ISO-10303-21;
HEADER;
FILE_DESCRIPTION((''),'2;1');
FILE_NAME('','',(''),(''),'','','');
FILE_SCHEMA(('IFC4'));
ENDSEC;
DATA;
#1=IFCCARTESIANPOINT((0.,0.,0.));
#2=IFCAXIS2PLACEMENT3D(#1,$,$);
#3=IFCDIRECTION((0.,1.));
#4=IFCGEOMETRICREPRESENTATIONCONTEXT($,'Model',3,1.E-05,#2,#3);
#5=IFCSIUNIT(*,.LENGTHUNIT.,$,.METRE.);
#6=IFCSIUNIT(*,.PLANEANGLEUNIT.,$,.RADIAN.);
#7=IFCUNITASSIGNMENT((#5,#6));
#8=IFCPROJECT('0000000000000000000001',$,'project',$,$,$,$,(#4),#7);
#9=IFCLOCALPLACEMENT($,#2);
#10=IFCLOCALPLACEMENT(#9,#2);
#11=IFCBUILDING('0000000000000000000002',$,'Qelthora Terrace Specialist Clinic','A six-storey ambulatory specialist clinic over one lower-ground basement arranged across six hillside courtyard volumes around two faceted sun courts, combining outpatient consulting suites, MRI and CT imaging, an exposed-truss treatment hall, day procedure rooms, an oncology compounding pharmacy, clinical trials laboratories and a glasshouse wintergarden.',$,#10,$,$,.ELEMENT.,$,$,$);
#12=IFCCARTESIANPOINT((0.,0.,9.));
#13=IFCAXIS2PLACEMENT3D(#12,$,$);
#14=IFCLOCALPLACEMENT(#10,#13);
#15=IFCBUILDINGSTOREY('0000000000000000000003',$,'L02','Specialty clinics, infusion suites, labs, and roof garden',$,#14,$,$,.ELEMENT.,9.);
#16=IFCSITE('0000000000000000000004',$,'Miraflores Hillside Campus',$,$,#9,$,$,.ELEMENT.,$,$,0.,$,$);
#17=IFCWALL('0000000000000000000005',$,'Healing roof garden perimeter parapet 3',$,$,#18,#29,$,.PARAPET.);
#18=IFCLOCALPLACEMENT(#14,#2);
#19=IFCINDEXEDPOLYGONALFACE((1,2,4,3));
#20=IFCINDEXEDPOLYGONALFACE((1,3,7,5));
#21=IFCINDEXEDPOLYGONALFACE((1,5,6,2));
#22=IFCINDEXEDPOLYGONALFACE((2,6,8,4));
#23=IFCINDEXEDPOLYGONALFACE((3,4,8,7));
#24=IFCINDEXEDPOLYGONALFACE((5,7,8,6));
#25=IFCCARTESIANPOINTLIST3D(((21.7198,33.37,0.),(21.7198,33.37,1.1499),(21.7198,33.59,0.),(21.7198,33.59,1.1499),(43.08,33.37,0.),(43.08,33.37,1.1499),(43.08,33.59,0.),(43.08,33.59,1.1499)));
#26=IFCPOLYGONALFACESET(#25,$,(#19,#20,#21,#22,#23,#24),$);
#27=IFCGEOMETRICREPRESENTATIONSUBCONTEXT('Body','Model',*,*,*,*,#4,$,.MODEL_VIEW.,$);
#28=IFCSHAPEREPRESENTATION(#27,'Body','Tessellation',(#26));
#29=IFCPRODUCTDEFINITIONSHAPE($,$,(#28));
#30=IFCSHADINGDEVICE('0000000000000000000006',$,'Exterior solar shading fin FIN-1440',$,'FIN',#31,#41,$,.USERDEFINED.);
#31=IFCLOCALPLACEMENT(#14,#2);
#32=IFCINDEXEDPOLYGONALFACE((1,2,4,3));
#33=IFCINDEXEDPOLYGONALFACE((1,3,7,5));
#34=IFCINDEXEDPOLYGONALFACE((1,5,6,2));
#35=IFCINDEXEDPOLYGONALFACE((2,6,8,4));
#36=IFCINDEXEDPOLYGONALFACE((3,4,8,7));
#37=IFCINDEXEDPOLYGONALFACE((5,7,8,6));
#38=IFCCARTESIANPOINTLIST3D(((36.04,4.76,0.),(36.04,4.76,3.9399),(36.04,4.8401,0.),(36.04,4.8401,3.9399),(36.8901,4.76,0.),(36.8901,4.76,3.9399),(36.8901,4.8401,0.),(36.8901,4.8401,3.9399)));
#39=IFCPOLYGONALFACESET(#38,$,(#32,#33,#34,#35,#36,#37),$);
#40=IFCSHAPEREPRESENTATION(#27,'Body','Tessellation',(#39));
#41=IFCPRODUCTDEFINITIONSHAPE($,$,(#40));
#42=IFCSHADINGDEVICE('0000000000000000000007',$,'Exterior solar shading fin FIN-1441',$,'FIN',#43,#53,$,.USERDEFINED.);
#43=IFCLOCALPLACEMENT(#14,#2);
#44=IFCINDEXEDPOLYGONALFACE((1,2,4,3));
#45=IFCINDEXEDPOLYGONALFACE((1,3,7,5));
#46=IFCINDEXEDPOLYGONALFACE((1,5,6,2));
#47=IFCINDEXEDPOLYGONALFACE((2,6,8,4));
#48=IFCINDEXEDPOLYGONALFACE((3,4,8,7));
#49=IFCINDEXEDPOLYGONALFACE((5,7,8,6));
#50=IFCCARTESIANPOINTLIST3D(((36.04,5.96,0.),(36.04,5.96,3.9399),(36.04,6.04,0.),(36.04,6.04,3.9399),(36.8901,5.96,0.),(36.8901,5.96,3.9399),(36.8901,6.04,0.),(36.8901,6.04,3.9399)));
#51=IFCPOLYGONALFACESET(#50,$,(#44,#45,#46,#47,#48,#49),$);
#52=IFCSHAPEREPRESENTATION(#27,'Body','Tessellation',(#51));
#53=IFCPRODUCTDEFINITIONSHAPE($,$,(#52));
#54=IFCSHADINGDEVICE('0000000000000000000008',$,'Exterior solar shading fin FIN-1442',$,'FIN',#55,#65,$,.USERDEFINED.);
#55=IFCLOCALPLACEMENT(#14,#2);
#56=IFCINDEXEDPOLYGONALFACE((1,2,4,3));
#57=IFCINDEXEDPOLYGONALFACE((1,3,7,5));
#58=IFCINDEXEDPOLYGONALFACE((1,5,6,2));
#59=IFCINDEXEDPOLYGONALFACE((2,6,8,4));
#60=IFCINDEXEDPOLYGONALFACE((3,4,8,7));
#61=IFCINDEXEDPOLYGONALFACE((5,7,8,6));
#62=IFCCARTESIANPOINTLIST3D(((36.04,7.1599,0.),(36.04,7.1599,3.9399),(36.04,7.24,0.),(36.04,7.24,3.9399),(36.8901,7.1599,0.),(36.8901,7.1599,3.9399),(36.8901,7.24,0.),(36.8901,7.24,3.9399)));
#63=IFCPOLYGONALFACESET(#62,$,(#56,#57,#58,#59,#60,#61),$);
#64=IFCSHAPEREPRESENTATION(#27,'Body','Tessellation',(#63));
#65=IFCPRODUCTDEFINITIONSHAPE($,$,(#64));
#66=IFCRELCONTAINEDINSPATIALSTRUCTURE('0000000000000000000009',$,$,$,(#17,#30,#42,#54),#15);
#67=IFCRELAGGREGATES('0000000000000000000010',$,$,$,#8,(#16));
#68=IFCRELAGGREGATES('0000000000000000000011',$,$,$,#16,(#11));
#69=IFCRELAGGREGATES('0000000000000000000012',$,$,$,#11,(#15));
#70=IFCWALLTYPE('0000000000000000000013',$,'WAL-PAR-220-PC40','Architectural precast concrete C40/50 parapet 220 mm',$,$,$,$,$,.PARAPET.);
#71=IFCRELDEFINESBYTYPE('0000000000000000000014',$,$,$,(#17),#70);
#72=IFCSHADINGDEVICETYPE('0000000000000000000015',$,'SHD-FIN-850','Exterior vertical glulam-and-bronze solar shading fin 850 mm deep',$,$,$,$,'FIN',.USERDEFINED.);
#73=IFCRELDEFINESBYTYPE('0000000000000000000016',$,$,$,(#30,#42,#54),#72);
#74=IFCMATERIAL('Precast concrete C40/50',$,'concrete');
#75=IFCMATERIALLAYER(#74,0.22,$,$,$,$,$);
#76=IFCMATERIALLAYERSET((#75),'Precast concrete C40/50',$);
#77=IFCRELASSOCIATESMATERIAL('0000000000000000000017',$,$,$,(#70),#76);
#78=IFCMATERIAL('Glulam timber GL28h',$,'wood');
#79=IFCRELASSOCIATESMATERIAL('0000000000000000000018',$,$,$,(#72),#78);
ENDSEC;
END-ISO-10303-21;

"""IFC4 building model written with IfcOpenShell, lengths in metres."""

from ifc_helpers import new_model, si_unit, direction, frame, frame_2d, origin, origin_2d, place, context, subcontext, project, spatial, rectangle, extrude, material, layer, layer_set, type_object, element, save


model = new_model("IFC4")

# Units and contexts
model_context = context("Model", 3, precision=1e-05, world=origin(), true_north=direction((0.0, 1.0)))
body_context = subcontext(model_context, "Body", "Model", "MODEL_VIEW")
ifc_project = project(units=[si_unit("LENGTHUNIT", "METRE"), si_unit("PLANEANGLEUNIT", "RADIAN")], contexts=[model_context])

# Site, building, storey
site_placement = place(None, origin())
site = spatial("IfcSite", under=ifc_project, at=site_placement, Name="Miraflores Hillside Campus", CompositionType="ELEMENT", RefElevation=0.0)
building_placement = place(site_placement, origin())
building = spatial("IfcBuilding", under=site, at=building_placement, Name="Qelthora Terrace Specialist Clinic", Description="A six-storey ambulatory specialist clinic over one lower-ground basement arranged across six hillside courtyard volumes around two faceted sun courts, combining outpatient consulting suites, MRI and CT imaging, an exposed-truss treatment hall, day procedure rooms, an oncology compounding pharmacy, clinical trials laboratories and a glasshouse wintergarden.", CompositionType="ELEMENT")
storey_placement = place(building_placement, frame((0.0, 0.0, 9.0)))
storey = spatial("IfcBuildingStorey", under=building, at=storey_placement, Name="L02", Description="Specialty clinics, infusion suites, labs, and roof garden", CompositionType="ELEMENT", Elevation=9.0)

# Shared definitions
ifc_material_1 = material(Name="Precast concrete C40/50", Category="concrete")
ifc_material_2 = material(Name="Glulam timber GL28h", Category="wood")

# Wall
ifc_layer_1 = layer(ifc_material_1, 0.22)
ifc_layer_set_1 = layer_set([ifc_layer_1], Name="Precast concrete C40/50")
wall_type_1 = type_object("IfcWallType", Name="WAL-PAR-220-PC40", Description="Architectural precast concrete C40/50 parapet 220 mm", PredefinedType="PARAPET", material=ifc_layer_set_1)
wall_1_placement = place(storey_placement, frame((43.0801, 33.48, 0.0), z_axis=(0.0, 0.0, 1.0), x_axis=(-1.0, 0.0, 0.0)))
element("IfcWall", 1, at=wall_1_placement, inside=storey, type_object=wall_type_1, Name="Healing roof garden perimeter parapet 3", PredefinedType="PARAPET", context=body_context, shape_type="SweptSolid", body=[
    extrude(rectangle(XDim=21.3601, YDim=0.22, at=frame_2d((10.6802, 0.0))), origin(), (0.0, 0.0, 1.0), 1.1499),
])

# Shading devices
shading_device_type = type_object("IfcShadingDeviceType", Name="SHD-FIN-850", Description="Exterior vertical glulam-and-bronze solar shading fin 850 mm deep", ElementType="FIN", PredefinedType="USERDEFINED", material=ifc_material_2)
for number, where, z_axis, x_axis, name in (
    (2, (36.4651, 4.8, 0.0), (0.0, 0.0, 1.0), (1.0, 0.0, 0.0), "Exterior solar shading fin FIN-1440"),
    (3, (36.4651, 6.0, 0.0), (0.0, 0.0, 1.0), (1.0, 0.0, 0.0), "Exterior solar shading fin FIN-1441"),
    (4, (36.4651, 7.2, 0.0), (0.0, 0.0, 1.0), (1.0, 0.0, 0.0), "Exterior solar shading fin FIN-1442"),
):
    element("IfcShadingDevice", number, at=place(storey_placement, frame(where, z_axis=z_axis, x_axis=x_axis)), inside=storey, type_object=shading_device_type, Name=name, ObjectType="FIN", PredefinedType="USERDEFINED", context=body_context, shape_type="SweptSolid", body=[
        extrude(rectangle(XDim=0.8501, YDim=0.0801, at=origin_2d()), origin(), (0.0, 0.0, 1.0), 3.9399),
    ])

save(model, "model.ifc")
